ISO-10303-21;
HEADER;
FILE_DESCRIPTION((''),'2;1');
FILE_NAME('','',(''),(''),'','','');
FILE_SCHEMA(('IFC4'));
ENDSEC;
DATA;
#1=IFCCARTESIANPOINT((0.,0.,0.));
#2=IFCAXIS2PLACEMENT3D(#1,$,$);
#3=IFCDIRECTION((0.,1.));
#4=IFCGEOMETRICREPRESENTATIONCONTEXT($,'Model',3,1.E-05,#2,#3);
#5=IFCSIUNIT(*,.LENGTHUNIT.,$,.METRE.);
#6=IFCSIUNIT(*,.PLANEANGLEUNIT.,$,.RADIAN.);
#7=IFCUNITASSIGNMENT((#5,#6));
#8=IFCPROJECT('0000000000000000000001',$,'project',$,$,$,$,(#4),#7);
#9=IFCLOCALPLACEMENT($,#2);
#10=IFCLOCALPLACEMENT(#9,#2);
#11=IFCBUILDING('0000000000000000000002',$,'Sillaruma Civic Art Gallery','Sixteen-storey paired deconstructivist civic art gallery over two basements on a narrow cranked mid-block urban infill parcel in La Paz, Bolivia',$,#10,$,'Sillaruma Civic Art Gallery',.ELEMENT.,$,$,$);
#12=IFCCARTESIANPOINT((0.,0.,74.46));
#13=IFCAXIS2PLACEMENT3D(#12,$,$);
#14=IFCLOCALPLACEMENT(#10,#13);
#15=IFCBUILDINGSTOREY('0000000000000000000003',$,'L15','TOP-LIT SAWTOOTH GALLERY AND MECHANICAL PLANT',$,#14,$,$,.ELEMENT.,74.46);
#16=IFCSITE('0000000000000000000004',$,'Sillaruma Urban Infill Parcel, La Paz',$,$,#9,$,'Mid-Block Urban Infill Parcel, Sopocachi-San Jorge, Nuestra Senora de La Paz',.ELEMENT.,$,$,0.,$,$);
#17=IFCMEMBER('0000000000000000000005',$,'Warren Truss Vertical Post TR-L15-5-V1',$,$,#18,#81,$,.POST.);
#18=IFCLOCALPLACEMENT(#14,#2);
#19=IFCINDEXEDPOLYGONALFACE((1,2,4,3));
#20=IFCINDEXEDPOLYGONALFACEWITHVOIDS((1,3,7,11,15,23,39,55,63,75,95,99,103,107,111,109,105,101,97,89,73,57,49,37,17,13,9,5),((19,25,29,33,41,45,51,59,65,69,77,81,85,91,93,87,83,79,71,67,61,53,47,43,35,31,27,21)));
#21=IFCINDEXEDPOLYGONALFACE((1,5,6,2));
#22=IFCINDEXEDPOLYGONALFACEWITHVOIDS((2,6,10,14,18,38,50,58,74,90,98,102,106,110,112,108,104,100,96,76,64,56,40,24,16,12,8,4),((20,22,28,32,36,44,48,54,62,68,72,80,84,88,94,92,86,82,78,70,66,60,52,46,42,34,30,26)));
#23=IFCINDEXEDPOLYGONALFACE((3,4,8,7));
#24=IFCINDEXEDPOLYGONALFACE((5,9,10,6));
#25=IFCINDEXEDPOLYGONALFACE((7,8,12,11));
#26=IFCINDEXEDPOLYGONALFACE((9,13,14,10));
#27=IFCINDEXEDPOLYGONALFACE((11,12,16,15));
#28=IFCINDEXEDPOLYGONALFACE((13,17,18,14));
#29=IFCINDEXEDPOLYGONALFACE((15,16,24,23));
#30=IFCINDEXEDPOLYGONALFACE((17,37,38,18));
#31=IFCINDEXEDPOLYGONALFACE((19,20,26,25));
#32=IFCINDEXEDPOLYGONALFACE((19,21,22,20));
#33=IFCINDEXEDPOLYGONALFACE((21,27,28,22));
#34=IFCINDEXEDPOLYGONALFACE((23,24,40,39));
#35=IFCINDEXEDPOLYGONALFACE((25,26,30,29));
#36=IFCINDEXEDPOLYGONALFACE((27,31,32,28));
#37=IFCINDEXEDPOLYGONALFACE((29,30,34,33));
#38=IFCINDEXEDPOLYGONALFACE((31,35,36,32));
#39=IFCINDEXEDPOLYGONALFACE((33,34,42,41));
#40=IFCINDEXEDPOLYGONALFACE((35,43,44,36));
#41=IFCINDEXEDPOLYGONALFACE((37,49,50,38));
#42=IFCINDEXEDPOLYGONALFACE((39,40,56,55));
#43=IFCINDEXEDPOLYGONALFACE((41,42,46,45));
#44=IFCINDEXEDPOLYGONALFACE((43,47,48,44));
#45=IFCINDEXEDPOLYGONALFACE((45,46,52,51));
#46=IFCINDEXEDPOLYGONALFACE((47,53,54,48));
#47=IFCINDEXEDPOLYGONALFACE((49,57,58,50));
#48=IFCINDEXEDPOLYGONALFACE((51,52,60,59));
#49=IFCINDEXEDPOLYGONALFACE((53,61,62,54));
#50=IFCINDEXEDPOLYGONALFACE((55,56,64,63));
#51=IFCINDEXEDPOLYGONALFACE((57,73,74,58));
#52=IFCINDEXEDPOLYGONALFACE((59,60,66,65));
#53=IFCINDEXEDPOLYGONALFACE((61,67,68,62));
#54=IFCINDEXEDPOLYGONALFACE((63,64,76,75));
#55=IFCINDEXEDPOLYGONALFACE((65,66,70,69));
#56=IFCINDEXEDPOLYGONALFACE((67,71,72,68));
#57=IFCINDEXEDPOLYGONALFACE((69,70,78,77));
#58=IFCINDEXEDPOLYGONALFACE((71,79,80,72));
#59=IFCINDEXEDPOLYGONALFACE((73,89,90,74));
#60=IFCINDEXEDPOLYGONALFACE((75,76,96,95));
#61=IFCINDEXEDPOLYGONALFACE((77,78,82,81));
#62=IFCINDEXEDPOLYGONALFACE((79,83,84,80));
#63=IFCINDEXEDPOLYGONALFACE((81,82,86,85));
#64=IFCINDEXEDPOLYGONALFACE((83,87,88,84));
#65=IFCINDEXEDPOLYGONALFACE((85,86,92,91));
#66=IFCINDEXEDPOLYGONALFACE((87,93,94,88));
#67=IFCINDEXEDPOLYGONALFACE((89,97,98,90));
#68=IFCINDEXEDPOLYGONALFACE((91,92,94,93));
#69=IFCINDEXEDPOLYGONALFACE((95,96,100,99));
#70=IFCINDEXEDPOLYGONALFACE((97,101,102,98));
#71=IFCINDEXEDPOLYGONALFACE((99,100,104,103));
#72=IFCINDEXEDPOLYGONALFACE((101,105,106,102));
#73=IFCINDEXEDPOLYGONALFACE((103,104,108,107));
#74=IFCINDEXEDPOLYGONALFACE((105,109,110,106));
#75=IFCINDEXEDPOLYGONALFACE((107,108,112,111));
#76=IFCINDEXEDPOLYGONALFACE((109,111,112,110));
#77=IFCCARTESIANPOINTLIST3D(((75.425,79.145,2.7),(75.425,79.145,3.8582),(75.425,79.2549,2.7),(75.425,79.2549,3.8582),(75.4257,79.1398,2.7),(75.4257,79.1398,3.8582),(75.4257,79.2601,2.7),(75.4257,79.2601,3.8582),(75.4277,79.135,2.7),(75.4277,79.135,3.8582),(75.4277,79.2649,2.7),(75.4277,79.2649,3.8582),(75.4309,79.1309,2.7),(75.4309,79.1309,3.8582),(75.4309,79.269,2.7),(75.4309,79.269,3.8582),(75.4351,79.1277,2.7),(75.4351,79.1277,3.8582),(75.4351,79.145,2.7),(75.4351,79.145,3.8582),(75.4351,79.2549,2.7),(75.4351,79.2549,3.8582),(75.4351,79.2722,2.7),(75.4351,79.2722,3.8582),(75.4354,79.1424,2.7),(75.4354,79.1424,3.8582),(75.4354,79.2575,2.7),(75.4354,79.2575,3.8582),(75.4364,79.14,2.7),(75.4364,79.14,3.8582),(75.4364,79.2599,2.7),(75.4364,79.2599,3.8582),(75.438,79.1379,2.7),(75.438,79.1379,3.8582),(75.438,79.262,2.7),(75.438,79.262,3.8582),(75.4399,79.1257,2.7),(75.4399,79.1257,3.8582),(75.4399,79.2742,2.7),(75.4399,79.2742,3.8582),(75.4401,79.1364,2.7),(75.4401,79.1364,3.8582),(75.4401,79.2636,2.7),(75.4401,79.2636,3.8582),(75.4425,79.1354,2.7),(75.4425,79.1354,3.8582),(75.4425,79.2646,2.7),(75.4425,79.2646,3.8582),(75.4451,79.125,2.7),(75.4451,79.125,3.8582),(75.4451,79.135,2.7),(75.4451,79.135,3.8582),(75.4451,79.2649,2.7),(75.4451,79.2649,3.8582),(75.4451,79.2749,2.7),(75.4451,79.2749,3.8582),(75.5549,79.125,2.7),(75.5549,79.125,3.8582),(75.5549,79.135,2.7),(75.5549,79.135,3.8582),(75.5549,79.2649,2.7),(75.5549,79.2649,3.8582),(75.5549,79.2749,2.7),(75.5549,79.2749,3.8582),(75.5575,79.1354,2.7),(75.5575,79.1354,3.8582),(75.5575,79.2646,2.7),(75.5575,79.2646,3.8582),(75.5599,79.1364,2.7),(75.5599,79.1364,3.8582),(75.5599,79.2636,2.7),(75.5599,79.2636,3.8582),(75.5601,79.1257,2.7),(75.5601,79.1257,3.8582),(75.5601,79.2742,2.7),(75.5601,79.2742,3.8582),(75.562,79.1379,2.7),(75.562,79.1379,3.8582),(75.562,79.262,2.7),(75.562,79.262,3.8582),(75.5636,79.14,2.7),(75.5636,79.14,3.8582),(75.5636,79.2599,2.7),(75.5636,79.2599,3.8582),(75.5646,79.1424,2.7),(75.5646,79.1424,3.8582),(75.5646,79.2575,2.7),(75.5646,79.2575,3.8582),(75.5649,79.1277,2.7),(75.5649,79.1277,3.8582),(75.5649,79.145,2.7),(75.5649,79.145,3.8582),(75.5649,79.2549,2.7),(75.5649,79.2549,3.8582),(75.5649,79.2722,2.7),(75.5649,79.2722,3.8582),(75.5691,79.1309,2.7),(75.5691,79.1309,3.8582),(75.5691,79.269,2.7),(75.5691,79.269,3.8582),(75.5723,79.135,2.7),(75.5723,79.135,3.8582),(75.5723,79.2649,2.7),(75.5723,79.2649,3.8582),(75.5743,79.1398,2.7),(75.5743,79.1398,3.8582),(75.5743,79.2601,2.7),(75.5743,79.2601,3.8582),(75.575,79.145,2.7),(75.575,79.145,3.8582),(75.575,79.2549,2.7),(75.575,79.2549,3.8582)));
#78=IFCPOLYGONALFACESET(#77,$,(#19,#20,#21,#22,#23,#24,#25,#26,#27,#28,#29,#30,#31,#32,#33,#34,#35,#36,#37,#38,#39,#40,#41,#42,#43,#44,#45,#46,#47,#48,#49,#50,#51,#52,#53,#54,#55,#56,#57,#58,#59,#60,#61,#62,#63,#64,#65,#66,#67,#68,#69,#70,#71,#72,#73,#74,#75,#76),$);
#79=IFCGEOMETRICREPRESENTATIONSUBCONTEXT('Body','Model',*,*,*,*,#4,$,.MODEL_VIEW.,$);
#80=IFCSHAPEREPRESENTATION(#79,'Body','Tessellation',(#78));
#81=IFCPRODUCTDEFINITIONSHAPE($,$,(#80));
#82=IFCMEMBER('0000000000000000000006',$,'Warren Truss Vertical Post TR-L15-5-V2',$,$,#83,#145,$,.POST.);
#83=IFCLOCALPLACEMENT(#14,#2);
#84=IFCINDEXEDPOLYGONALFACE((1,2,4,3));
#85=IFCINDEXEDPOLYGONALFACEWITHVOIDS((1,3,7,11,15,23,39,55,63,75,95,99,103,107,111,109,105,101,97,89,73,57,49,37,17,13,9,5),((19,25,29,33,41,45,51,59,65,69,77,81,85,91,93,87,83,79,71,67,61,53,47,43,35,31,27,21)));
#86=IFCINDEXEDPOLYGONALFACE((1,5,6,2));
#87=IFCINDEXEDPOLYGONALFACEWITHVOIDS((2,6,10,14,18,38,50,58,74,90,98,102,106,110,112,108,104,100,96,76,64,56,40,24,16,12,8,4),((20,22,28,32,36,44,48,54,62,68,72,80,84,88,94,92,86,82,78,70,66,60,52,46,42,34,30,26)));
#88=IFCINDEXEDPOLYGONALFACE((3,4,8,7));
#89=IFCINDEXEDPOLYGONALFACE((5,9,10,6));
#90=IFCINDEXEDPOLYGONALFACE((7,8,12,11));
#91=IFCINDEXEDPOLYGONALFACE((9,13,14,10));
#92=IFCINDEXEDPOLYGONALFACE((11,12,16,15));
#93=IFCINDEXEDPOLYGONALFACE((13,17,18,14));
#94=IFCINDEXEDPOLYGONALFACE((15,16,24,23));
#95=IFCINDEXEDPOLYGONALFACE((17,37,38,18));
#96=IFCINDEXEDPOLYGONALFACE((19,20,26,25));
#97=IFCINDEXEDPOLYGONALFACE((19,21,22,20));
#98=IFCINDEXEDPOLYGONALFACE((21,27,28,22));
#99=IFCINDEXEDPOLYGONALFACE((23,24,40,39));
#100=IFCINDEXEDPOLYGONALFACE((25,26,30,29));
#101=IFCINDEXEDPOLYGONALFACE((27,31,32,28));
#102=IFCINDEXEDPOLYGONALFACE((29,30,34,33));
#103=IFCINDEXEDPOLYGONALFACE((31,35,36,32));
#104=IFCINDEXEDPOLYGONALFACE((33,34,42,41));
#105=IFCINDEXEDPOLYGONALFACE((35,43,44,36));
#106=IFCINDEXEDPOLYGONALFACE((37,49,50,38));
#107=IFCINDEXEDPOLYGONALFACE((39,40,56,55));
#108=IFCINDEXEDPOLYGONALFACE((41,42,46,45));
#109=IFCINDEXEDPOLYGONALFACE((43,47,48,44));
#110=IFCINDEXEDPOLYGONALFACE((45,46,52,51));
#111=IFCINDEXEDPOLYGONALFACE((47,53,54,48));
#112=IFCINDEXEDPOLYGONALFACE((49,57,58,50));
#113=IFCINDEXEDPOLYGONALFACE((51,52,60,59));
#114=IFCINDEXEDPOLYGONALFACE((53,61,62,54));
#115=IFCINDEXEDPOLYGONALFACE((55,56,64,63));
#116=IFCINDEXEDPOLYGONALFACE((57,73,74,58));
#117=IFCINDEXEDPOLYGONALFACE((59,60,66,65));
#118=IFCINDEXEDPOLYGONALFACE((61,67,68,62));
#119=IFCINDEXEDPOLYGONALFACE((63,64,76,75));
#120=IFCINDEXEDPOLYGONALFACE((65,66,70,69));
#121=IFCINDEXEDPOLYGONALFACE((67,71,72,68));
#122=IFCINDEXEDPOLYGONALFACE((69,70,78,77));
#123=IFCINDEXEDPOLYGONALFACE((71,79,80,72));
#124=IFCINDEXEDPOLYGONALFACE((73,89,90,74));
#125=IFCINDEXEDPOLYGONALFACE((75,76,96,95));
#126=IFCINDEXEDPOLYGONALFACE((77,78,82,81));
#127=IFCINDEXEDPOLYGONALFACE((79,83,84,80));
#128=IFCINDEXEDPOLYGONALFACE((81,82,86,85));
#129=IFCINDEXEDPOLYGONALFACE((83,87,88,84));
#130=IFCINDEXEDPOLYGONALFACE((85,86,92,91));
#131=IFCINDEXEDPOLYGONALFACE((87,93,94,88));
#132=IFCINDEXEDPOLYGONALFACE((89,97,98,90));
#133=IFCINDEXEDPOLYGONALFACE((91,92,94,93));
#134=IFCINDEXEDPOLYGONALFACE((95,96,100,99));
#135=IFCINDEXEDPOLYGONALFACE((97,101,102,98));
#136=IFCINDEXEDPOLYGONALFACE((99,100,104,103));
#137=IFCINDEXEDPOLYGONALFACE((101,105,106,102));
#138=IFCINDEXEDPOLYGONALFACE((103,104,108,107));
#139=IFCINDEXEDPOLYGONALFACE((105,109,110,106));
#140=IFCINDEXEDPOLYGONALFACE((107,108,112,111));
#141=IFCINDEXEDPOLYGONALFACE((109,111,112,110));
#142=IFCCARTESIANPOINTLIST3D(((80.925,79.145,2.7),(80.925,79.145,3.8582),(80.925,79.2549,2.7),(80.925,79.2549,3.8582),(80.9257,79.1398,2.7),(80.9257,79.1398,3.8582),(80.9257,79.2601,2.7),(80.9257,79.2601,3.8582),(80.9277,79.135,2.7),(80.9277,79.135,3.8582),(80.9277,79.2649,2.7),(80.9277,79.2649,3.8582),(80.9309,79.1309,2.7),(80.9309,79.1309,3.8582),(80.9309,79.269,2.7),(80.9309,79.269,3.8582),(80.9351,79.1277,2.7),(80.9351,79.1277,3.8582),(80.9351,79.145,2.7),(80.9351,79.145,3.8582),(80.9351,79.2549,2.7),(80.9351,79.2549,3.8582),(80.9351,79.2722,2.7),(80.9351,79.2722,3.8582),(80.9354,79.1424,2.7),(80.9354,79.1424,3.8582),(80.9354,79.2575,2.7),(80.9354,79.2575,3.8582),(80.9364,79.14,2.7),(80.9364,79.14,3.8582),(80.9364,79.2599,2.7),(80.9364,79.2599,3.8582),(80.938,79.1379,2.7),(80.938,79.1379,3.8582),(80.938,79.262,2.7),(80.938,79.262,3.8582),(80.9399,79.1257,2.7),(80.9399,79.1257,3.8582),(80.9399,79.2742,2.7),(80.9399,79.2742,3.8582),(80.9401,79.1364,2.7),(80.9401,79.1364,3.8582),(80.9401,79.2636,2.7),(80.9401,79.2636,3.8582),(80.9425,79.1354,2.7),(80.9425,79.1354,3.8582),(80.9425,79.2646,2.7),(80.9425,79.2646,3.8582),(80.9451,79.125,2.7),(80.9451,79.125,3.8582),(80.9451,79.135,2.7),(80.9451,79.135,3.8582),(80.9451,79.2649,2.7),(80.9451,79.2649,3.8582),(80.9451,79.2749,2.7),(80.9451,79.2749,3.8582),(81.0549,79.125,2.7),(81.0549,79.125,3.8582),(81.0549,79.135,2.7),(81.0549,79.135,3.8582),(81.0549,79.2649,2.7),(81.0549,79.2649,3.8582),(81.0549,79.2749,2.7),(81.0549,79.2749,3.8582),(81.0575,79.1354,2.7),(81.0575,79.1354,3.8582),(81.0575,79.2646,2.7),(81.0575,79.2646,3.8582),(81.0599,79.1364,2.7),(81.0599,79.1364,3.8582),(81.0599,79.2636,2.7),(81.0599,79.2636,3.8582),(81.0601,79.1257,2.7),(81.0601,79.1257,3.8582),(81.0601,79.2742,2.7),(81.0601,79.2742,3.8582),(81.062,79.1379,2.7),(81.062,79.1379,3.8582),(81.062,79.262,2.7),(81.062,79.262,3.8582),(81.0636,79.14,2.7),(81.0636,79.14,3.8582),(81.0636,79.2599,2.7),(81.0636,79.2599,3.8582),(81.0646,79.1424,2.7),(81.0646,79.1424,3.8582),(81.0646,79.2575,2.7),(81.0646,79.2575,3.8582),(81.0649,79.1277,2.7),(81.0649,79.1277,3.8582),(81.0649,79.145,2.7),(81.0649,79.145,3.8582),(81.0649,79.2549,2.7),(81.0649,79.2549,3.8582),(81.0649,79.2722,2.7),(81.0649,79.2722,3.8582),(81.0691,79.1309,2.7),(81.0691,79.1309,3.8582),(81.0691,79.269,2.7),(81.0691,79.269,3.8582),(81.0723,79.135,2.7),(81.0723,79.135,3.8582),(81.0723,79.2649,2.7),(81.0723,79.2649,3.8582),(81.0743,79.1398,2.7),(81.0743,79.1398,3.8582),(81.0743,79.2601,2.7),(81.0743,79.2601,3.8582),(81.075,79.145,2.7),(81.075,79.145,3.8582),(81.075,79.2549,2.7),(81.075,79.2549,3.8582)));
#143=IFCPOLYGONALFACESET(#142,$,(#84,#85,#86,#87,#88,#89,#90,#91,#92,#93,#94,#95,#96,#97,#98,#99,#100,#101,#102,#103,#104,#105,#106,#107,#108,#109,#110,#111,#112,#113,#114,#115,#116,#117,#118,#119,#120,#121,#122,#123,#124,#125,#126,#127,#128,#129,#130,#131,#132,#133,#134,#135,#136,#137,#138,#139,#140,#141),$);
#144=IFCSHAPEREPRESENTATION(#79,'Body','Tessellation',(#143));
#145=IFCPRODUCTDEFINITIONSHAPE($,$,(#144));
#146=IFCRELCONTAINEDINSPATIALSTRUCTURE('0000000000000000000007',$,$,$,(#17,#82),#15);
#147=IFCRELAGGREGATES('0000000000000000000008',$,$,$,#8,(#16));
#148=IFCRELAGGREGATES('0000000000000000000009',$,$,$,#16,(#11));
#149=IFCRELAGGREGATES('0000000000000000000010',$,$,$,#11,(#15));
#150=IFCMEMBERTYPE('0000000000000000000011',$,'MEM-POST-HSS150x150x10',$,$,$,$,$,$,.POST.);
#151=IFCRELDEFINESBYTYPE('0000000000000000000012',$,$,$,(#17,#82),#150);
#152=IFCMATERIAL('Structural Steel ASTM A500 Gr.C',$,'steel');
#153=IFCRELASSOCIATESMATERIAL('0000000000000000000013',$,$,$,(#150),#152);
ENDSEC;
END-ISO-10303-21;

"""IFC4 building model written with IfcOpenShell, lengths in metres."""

from ifc_helpers import new_model, si_unit, direction, frame, origin, origin_2d, place, context, subcontext, project, spatial, hollow_rectangle, extrude, material, material_profile, profile_set, type_object, element, save


model = new_model("IFC4")

# Units and contexts
model_context = context("Model", 3, precision=1e-05, world=origin(), true_north=direction((0.0, 1.0)))
body_context = subcontext(model_context, "Body", "Model", "MODEL_VIEW")
ifc_project = project(units=[si_unit("LENGTHUNIT", "METRE"), si_unit("PLANEANGLEUNIT", "RADIAN")], contexts=[model_context])

# Site, building, storey
site_placement = place(None, origin())
site = spatial("IfcSite", under=ifc_project, at=site_placement, Name="Sillaruma Urban Infill Parcel, La Paz", LongName="Mid-Block Urban Infill Parcel, Sopocachi-San Jorge, Nuestra Senora de La Paz", CompositionType="ELEMENT", RefElevation=0.0)
building_placement = place(site_placement, origin())
building = spatial("IfcBuilding", under=site, at=building_placement, Name="Sillaruma Civic Art Gallery", Description="Sixteen-storey paired deconstructivist civic art gallery over two basements on a narrow cranked mid-block urban infill parcel in La Paz, Bolivia", LongName="Sillaruma Civic Art Gallery", CompositionType="ELEMENT")
storey_placement = place(building_placement, frame((0.0, 0.0, 74.46)))
storey = spatial("IfcBuildingStorey", under=building, at=storey_placement, Name="L15", Description="TOP-LIT SAWTOOTH GALLERY AND MECHANICAL PLANT", CompositionType="ELEMENT", Elevation=74.46)

# Members
ifc_material_1 = material(Name="Structural Steel ASTM A500 Gr.C", Category="steel")
ifc_material_profile_1 = material_profile(ifc_material_1, hollow_rectangle(XDim=0.1499, YDim=0.1499, WallThickness=0.01, InnerFilletRadius=0.01, OuterFilletRadius=0.02, at=origin_2d()), Name="HSS150x150x10")
ifc_profile_set_1 = profile_set([ifc_material_profile_1], Name="Structural Steel ASTM A500 Gr.C")
member_type_1 = type_object("IfcMemberType", Name="MEM-POST-HSS150x150x10", PredefinedType="POST", material=ifc_profile_set_1)
for number, where, z_axis, x_axis, name in (
    (1, (75.5, 79.2, 2.7), (0.0, 0.0, 1.0), (1.0, 0.0, 0.0), "Warren Truss Vertical Post TR-L15-5-V1"),
    (2, (81.0, 79.2, 2.7), (0.0, 0.0, 1.0), (1.0, 0.0, 0.0), "Warren Truss Vertical Post TR-L15-5-V2"),
):
    element("IfcMember", number, at=place(storey_placement, frame(where, z_axis=z_axis, x_axis=x_axis)), inside=storey, type_object=member_type_1, Name=name, PredefinedType="POST", context=body_context, shape_type="SweptSolid", body=[
        extrude(hollow_rectangle(XDim=0.1499, YDim=0.1499, WallThickness=0.01, InnerFilletRadius=0.01, OuterFilletRadius=0.02, at=origin_2d()), origin(), (0.0, 0.0, 1.0), 1.1582),
    ])

save(model, "model.ifc")
